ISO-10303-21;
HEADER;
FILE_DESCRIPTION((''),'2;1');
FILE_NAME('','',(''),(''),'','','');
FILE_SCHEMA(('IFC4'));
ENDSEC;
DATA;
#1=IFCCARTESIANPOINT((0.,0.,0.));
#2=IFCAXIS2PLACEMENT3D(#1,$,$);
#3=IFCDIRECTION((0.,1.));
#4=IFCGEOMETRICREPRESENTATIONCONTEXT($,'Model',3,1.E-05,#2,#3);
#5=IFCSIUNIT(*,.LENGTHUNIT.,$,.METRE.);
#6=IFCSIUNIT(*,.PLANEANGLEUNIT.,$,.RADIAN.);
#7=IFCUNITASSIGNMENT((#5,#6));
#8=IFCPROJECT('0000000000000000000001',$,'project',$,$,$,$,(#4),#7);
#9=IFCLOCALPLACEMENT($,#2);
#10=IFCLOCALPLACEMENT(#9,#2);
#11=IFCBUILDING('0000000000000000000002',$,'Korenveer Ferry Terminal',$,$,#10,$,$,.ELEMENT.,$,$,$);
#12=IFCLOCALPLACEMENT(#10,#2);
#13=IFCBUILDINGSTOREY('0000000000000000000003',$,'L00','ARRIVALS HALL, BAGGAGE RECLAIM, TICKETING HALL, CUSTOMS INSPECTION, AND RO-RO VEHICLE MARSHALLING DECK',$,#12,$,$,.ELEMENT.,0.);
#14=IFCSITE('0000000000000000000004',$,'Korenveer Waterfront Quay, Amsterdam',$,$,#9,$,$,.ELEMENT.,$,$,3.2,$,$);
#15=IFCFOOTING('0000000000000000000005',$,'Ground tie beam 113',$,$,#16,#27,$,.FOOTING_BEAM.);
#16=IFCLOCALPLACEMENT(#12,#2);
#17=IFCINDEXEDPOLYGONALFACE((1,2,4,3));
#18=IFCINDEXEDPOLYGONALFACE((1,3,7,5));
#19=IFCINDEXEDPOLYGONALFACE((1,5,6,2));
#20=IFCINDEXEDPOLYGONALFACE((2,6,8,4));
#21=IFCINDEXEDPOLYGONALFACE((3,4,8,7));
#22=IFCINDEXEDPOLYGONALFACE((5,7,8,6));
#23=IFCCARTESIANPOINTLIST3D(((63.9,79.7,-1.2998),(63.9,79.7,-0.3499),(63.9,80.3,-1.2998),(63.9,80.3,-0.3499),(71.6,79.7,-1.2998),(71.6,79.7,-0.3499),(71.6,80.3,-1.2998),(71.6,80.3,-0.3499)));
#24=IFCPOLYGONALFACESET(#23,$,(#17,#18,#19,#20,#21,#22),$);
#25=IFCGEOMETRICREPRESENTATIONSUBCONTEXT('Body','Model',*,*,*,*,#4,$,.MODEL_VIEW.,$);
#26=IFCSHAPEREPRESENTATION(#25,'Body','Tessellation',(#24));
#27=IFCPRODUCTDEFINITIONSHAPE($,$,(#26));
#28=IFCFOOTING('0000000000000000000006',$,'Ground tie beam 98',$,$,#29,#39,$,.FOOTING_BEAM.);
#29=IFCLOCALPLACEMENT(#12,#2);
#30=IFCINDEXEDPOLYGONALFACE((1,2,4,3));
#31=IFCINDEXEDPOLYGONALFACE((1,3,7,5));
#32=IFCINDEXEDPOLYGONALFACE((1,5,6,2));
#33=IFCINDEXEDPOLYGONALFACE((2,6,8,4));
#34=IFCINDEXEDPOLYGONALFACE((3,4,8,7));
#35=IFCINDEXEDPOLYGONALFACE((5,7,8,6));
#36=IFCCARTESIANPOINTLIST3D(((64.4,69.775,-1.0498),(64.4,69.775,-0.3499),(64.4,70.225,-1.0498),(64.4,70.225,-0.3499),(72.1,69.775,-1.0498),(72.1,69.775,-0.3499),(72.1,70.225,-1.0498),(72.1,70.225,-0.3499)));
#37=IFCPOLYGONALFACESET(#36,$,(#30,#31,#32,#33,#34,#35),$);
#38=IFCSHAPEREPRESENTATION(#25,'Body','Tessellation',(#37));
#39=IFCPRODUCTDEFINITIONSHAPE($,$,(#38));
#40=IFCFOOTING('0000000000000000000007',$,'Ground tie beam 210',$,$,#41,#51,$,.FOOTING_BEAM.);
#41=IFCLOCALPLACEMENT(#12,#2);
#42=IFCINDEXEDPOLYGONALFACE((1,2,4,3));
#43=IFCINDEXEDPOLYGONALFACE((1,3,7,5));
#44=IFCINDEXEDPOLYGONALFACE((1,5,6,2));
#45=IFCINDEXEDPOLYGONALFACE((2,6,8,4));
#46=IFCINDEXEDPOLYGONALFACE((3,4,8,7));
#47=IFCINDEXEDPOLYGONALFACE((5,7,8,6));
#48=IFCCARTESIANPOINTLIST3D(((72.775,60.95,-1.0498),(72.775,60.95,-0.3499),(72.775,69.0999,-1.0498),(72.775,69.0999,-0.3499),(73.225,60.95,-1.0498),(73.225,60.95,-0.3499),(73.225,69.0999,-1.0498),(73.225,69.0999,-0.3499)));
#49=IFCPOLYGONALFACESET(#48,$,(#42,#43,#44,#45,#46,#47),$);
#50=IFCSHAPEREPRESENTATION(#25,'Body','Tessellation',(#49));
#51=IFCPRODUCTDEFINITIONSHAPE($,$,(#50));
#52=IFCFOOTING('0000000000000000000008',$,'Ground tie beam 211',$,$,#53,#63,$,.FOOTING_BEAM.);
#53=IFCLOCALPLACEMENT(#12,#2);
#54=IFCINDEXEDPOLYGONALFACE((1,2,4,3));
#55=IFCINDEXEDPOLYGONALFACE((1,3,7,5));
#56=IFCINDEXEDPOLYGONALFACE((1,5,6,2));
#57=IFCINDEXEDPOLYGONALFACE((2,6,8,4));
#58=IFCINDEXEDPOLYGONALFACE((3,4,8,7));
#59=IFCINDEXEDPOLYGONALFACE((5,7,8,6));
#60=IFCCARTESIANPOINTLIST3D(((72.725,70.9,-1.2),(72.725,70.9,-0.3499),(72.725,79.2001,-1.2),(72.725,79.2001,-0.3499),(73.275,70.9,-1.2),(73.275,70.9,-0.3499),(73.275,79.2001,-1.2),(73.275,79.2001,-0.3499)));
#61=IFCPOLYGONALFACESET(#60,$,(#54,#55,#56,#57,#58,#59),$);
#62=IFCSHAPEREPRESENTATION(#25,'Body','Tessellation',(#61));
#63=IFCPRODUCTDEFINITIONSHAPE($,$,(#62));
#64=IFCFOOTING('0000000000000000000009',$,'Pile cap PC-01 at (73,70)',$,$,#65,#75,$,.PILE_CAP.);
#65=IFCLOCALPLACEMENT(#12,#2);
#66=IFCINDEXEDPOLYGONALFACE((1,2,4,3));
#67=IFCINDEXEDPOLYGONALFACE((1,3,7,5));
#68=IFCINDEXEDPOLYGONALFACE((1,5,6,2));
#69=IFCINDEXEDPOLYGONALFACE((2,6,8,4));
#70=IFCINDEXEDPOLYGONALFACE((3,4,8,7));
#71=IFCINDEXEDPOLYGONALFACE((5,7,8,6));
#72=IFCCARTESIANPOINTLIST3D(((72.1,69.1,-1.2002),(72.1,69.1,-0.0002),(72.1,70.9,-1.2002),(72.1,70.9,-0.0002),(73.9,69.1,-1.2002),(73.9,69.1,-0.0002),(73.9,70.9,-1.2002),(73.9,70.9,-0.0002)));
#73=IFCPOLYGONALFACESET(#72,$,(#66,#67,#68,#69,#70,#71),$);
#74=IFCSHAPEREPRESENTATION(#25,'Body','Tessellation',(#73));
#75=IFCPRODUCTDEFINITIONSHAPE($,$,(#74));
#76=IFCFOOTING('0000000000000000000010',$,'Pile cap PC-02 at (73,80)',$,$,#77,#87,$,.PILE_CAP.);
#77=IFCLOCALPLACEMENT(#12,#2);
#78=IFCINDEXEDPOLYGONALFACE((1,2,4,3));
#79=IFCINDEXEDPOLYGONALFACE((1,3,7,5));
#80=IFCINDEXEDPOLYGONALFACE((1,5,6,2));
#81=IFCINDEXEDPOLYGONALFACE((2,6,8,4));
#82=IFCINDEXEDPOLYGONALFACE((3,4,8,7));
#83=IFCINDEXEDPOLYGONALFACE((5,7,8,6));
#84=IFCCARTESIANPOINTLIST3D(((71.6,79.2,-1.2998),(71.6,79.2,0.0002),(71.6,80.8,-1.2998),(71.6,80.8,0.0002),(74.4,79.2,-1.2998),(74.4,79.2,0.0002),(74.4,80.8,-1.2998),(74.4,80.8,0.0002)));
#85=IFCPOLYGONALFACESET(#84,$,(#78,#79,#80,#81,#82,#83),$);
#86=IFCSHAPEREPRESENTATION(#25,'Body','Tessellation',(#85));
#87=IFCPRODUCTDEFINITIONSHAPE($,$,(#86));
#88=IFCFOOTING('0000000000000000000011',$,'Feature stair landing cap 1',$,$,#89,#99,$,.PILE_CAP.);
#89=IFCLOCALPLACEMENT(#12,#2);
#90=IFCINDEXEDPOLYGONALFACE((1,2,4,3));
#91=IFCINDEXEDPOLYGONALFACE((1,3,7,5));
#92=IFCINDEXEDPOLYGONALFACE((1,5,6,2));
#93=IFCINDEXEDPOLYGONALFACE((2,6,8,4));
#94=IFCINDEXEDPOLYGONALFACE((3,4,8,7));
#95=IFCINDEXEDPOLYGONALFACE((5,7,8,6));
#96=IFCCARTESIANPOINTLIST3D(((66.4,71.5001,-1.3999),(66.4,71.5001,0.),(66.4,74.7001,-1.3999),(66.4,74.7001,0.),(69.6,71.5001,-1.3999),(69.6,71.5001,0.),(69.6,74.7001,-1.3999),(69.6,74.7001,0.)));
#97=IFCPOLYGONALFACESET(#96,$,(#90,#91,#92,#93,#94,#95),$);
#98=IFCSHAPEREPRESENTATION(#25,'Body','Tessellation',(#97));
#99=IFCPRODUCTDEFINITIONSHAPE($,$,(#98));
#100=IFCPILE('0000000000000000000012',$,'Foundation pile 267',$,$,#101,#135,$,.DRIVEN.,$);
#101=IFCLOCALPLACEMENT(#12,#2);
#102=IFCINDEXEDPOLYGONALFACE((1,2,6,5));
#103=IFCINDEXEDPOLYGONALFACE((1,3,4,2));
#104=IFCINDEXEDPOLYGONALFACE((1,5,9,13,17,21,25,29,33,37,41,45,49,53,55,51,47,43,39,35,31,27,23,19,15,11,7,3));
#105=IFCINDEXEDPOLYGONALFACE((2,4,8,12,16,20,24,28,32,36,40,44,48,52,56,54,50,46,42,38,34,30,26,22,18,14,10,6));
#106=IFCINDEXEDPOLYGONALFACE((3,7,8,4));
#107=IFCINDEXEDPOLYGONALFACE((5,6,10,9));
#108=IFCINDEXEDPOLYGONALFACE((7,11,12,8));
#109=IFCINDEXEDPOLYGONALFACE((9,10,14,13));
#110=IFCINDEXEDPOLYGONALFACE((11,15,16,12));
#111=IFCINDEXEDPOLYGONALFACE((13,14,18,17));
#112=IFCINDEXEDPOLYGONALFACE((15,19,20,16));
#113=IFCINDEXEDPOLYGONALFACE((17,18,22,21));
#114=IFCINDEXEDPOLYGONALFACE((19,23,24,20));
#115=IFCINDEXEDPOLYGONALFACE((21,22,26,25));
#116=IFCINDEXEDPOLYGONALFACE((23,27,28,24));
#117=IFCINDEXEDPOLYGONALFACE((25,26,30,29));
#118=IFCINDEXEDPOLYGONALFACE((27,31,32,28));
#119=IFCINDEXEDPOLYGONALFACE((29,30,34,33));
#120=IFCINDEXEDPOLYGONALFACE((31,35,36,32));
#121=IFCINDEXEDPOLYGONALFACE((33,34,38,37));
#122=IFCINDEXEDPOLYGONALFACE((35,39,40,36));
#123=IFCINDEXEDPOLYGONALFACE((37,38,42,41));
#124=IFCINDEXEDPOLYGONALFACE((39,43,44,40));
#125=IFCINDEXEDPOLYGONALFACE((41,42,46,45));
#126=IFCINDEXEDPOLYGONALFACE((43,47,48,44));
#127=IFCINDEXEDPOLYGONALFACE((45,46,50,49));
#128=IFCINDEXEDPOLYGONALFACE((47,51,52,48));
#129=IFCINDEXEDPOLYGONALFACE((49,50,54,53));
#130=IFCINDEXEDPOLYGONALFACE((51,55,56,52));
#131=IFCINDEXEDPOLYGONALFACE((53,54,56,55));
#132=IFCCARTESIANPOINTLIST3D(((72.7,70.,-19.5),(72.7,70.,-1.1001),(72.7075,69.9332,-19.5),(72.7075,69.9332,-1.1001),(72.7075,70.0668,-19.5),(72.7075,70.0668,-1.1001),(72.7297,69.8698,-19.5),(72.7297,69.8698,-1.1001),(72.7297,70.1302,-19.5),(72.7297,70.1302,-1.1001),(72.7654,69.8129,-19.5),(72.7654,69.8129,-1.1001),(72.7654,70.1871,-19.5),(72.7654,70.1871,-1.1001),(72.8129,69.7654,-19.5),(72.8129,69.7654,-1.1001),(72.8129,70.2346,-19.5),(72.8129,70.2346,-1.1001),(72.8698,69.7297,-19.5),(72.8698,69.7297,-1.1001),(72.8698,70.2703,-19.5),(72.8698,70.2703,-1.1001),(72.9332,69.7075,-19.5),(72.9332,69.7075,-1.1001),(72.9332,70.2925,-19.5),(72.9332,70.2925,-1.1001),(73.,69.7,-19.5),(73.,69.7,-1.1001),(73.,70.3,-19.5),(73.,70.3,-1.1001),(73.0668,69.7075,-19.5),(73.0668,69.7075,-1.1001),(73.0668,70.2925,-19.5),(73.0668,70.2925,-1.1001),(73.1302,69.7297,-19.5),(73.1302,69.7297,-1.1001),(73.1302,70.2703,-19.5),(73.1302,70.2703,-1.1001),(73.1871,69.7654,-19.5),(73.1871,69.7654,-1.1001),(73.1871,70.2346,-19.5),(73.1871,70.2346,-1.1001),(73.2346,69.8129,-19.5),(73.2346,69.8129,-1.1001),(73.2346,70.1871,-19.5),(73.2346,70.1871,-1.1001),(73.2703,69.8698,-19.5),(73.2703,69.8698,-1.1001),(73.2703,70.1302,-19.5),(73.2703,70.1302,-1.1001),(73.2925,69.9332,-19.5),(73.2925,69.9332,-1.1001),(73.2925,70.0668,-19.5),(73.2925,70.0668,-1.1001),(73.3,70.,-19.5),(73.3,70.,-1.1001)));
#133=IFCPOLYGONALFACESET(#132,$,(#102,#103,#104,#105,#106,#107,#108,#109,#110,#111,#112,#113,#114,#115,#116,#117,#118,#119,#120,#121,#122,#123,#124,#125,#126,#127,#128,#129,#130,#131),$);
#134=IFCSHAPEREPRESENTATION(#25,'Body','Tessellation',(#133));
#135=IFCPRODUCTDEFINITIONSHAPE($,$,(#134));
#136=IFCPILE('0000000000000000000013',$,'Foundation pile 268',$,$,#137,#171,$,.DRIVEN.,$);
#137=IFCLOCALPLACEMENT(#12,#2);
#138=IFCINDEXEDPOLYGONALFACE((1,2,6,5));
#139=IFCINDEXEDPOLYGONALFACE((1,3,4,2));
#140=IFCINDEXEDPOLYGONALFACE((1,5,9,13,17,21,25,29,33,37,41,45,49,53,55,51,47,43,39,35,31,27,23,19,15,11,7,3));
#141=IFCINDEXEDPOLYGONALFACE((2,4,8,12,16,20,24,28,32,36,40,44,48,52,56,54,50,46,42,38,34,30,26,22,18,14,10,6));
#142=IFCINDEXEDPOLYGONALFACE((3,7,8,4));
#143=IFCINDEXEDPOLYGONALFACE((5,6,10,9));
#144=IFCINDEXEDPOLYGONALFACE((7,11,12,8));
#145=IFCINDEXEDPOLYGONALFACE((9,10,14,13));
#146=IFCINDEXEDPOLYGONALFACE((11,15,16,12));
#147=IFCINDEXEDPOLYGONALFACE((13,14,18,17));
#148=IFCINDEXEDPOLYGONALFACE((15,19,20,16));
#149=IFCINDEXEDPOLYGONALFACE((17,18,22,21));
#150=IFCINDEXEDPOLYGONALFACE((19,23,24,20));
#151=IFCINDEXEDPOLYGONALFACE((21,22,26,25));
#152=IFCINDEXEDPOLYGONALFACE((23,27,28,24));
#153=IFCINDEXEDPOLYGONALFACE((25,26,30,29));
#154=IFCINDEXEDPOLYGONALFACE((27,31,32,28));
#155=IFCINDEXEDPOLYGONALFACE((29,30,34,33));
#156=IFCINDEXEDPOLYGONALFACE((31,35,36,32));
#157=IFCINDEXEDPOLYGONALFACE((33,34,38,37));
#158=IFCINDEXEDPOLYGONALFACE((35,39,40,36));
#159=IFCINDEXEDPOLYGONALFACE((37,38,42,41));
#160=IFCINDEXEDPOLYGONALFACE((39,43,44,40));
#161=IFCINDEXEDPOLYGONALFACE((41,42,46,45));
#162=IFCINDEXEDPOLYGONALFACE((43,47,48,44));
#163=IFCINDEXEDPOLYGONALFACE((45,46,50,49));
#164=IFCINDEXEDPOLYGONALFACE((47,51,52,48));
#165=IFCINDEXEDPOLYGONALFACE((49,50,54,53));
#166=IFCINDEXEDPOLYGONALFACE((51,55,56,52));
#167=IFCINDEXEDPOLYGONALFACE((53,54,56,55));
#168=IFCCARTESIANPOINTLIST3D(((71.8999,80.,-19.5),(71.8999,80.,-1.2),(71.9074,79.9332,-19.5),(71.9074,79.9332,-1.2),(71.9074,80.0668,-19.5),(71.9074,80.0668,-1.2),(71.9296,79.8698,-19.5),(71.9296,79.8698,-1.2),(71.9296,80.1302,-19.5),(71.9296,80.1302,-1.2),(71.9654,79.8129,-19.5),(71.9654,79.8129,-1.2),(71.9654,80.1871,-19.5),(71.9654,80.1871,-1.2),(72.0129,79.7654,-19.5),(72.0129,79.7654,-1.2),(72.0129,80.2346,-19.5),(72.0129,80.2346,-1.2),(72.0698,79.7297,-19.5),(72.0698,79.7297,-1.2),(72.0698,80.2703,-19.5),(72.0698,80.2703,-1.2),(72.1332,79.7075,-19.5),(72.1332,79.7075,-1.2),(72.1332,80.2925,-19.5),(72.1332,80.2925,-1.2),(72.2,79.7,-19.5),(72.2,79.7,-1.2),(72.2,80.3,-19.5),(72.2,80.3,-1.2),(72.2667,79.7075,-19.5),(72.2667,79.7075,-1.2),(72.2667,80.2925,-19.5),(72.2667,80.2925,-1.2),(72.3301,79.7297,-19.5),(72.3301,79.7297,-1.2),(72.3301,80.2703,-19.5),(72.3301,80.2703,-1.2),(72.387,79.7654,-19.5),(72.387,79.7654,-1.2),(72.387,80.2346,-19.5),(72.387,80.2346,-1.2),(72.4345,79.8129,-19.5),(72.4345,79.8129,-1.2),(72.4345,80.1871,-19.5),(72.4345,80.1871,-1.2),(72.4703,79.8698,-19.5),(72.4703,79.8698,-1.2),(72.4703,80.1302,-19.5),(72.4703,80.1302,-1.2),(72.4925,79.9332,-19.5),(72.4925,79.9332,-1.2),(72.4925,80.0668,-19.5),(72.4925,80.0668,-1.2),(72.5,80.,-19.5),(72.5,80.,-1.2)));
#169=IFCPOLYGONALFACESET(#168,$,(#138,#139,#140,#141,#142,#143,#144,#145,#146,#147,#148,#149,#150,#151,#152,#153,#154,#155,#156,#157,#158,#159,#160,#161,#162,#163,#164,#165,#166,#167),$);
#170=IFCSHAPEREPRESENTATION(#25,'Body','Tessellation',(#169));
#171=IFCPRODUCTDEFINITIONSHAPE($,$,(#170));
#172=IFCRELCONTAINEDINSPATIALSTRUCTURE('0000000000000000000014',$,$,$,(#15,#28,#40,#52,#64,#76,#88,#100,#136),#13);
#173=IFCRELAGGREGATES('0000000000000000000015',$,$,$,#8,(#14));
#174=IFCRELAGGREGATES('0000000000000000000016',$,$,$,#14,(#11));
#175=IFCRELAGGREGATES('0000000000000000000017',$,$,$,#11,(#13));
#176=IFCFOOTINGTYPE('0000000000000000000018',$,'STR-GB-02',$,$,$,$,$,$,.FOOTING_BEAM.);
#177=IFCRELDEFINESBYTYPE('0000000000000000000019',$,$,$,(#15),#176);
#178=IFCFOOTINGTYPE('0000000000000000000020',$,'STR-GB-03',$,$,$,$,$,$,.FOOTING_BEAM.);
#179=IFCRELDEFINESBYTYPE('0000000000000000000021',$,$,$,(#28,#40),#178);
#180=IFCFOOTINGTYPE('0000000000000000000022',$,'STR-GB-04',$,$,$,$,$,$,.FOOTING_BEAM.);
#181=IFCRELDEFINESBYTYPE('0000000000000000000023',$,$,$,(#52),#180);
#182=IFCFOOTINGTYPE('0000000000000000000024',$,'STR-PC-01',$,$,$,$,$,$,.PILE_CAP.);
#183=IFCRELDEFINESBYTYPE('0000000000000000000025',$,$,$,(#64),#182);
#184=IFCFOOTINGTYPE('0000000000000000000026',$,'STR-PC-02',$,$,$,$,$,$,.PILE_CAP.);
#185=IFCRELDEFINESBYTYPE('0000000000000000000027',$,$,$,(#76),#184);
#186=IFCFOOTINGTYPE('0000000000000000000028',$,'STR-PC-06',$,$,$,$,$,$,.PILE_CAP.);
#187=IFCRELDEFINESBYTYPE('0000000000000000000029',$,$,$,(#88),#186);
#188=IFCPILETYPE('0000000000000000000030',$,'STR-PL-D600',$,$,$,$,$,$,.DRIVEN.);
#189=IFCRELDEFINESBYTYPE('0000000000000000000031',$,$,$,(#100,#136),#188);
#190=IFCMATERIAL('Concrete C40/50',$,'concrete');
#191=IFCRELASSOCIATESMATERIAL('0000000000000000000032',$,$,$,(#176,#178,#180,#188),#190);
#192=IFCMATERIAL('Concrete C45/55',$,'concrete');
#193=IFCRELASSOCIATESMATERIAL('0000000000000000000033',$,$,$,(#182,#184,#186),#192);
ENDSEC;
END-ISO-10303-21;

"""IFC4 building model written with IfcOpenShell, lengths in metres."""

from ifc_helpers import new_model, si_unit, direction, frame, origin, origin_2d, place, context, subcontext, project, spatial, rectangle, circle, extrude, material, material_profile, profile_set, type_object, element, save


model = new_model("IFC4")

# Units and contexts
model_context = context("Model", 3, precision=1e-05, world=origin(), true_north=direction((0.0, 1.0)))
body_context = subcontext(model_context, "Body", "Model", "MODEL_VIEW")
ifc_project = project(units=[si_unit("LENGTHUNIT", "METRE"), si_unit("PLANEANGLEUNIT", "RADIAN")], contexts=[model_context])

# Site, building, storey
site_placement = place(None, origin())
site = spatial("IfcSite", under=ifc_project, at=site_placement, Name="Korenveer Waterfront Quay, Amsterdam", CompositionType="ELEMENT", RefElevation=3.2)
building_placement = place(site_placement, origin())
building = spatial("IfcBuilding", under=site, at=building_placement, Name="Korenveer Ferry Terminal", CompositionType="ELEMENT")
storey_placement = place(building_placement, origin())
storey = spatial("IfcBuildingStorey", under=building, at=storey_placement, Name="L00", Description="ARRIVALS HALL, BAGGAGE RECLAIM, TICKETING HALL, CUSTOMS INSPECTION, AND RO-RO VEHICLE MARSHALLING DECK", CompositionType="ELEMENT", Elevation=0.0)

# Footings
ifc_material_1 = material(Name="Concrete C40/50", Category="concrete")
footing_type_1 = type_object("IfcFootingType", Name="STR-GB-02", PredefinedType="FOOTING_BEAM", material=ifc_material_1)
footing_1_placement = place(storey_placement, frame((67.75, 80.0, -1.2998), z_axis=(0.0, 0.0, 1.0), x_axis=(1.0, 0.0, 0.0)))
element("IfcFooting", 1, at=footing_1_placement, inside=storey, type_object=footing_type_1, Name="Ground tie beam 113", PredefinedType="FOOTING_BEAM", context=body_context, shape_type="SweptSolid", body=[
    extrude(rectangle(XDim=7.7, YDim=0.6001, at=origin_2d()), origin(), (0.0, 0.0, 1.0), 0.95),
])
footing_type_2 = type_object("IfcFootingType", Name="STR-GB-03", PredefinedType="FOOTING_BEAM", material=ifc_material_1)
footing_2_placement = place(storey_placement, frame((68.25, 70.0, -1.0498), z_axis=(0.0, 0.0, 1.0), x_axis=(1.0, 0.0, 0.0)))
element("IfcFooting", 2, at=footing_2_placement, inside=storey, type_object=footing_type_2, Name="Ground tie beam 98", PredefinedType="FOOTING_BEAM", context=body_context, shape_type="SweptSolid", body=[
    extrude(rectangle(XDim=7.7, YDim=0.45, at=origin_2d()), origin(), (0.0, 0.0, 1.0), 0.7),
])
footing_3_placement = place(storey_placement, frame((73.0, 65.0249, -1.0498), z_axis=(0.0, 0.0, 1.0), x_axis=(1.0, 0.0, 0.0)))
element("IfcFooting", 3, at=footing_3_placement, inside=storey, type_object=footing_type_2, Name="Ground tie beam 210", PredefinedType="FOOTING_BEAM", context=body_context, shape_type="SweptSolid", body=[
    extrude(rectangle(XDim=0.45, YDim=8.1499, at=origin_2d()), origin(), (0.0, 0.0, 1.0), 0.7),
])
footing_type_3 = type_object("IfcFootingType", Name="STR-GB-04", PredefinedType="FOOTING_BEAM", material=ifc_material_1)
footing_4_placement = place(storey_placement, frame((73.0, 75.05, -1.2), z_axis=(0.0, 0.0, 1.0), x_axis=(1.0, 0.0, 0.0)))
element("IfcFooting", 4, at=footing_4_placement, inside=storey, type_object=footing_type_3, Name="Ground tie beam 211", PredefinedType="FOOTING_BEAM", context=body_context, shape_type="SweptSolid", body=[
    extrude(rectangle(XDim=0.55, YDim=8.3, at=origin_2d()), origin(), (0.0, 0.0, 1.0), 0.8501),
])
ifc_material_2 = material(Name="Concrete C45/55", Category="concrete")
footing_type_4 = type_object("IfcFootingType", Name="STR-PC-01", PredefinedType="PILE_CAP", material=ifc_material_2)
footing_5_placement = place(storey_placement, frame((73.0, 70.0, -1.2002), z_axis=(0.0, 0.0, 1.0), x_axis=(1.0, 0.0, 0.0)))
element("IfcFooting", 5, at=footing_5_placement, inside=storey, type_object=footing_type_4, Name="Pile cap PC-01 at (73,70)", PredefinedType="PILE_CAP", context=body_context, shape_type="SweptSolid", body=[
    extrude(rectangle(XDim=1.8, YDim=1.8, at=origin_2d()), origin(), (0.0, 0.0, 1.0), 1.2),
])
footing_type_5 = type_object("IfcFootingType", Name="STR-PC-02", PredefinedType="PILE_CAP", material=ifc_material_2)
footing_6_placement = place(storey_placement, frame((73.0, 80.0, -1.2998), z_axis=(0.0, 0.0, 1.0), x_axis=(1.0, 0.0, 0.0)))
element("IfcFooting", 6, at=footing_6_placement, inside=storey, type_object=footing_type_5, Name="Pile cap PC-02 at (73,80)", PredefinedType="PILE_CAP", context=body_context, shape_type="SweptSolid", body=[
    extrude(rectangle(XDim=2.8, YDim=1.6001, at=origin_2d()), origin(), (0.0, 0.0, 1.0), 1.3),
])
footing_type_6 = type_object("IfcFootingType", Name="STR-PC-06", PredefinedType="PILE_CAP", material=ifc_material_2)
footing_7_placement = place(storey_placement, frame((68.0, 73.1001, -1.3999), z_axis=(0.0, 0.0, 1.0), x_axis=(1.0, 0.0, 0.0)))
element("IfcFooting", 7, at=footing_7_placement, inside=storey, type_object=footing_type_6, Name="Feature stair landing cap 1", PredefinedType="PILE_CAP", context=body_context, shape_type="SweptSolid", body=[
    extrude(rectangle(XDim=3.2, YDim=3.2, at=origin_2d()), origin(), (0.0, 0.0, 1.0), 1.3999),
])

# Piles
ifc_material_profile_1 = material_profile(ifc_material_1, circle(Radius=0.3, at=origin_2d()), Name="PILE D600")
ifc_profile_set_1 = profile_set([ifc_material_profile_1], Name="Concrete C40/50")
pile_type = type_object("IfcPileType", Name="STR-PL-D600", PredefinedType="DRIVEN", material=ifc_profile_set_1)
pile_1_placement = place(storey_placement, frame((73.0, 70.0, -1.1001), z_axis=(0.0, 0.0, -1.0), x_axis=(1.0, 0.0, 0.0)))
element("IfcPile", 8, at=pile_1_placement, inside=storey, type_object=pile_type, Name="Foundation pile 267", PredefinedType="DRIVEN", context=body_context, shape_type="SweptSolid", body=[
    extrude(circle(Radius=0.3, at=origin_2d()), origin(), (0.0, 0.0, 1.0), 18.3999),
])
pile_2_placement = place(storey_placement, frame((72.2, 80.0, -1.2), z_axis=(0.0, 0.0, -1.0), x_axis=(1.0, 0.0, 0.0)))
element("IfcPile", 9, at=pile_2_placement, inside=storey, type_object=pile_type, Name="Foundation pile 268", PredefinedType="DRIVEN", context=body_context, shape_type="SweptSolid", body=[
    extrude(circle(Radius=0.3, at=origin_2d()), origin(), (0.0, 0.0, 1.0), 18.3),
])

save(model, "model.ifc")
